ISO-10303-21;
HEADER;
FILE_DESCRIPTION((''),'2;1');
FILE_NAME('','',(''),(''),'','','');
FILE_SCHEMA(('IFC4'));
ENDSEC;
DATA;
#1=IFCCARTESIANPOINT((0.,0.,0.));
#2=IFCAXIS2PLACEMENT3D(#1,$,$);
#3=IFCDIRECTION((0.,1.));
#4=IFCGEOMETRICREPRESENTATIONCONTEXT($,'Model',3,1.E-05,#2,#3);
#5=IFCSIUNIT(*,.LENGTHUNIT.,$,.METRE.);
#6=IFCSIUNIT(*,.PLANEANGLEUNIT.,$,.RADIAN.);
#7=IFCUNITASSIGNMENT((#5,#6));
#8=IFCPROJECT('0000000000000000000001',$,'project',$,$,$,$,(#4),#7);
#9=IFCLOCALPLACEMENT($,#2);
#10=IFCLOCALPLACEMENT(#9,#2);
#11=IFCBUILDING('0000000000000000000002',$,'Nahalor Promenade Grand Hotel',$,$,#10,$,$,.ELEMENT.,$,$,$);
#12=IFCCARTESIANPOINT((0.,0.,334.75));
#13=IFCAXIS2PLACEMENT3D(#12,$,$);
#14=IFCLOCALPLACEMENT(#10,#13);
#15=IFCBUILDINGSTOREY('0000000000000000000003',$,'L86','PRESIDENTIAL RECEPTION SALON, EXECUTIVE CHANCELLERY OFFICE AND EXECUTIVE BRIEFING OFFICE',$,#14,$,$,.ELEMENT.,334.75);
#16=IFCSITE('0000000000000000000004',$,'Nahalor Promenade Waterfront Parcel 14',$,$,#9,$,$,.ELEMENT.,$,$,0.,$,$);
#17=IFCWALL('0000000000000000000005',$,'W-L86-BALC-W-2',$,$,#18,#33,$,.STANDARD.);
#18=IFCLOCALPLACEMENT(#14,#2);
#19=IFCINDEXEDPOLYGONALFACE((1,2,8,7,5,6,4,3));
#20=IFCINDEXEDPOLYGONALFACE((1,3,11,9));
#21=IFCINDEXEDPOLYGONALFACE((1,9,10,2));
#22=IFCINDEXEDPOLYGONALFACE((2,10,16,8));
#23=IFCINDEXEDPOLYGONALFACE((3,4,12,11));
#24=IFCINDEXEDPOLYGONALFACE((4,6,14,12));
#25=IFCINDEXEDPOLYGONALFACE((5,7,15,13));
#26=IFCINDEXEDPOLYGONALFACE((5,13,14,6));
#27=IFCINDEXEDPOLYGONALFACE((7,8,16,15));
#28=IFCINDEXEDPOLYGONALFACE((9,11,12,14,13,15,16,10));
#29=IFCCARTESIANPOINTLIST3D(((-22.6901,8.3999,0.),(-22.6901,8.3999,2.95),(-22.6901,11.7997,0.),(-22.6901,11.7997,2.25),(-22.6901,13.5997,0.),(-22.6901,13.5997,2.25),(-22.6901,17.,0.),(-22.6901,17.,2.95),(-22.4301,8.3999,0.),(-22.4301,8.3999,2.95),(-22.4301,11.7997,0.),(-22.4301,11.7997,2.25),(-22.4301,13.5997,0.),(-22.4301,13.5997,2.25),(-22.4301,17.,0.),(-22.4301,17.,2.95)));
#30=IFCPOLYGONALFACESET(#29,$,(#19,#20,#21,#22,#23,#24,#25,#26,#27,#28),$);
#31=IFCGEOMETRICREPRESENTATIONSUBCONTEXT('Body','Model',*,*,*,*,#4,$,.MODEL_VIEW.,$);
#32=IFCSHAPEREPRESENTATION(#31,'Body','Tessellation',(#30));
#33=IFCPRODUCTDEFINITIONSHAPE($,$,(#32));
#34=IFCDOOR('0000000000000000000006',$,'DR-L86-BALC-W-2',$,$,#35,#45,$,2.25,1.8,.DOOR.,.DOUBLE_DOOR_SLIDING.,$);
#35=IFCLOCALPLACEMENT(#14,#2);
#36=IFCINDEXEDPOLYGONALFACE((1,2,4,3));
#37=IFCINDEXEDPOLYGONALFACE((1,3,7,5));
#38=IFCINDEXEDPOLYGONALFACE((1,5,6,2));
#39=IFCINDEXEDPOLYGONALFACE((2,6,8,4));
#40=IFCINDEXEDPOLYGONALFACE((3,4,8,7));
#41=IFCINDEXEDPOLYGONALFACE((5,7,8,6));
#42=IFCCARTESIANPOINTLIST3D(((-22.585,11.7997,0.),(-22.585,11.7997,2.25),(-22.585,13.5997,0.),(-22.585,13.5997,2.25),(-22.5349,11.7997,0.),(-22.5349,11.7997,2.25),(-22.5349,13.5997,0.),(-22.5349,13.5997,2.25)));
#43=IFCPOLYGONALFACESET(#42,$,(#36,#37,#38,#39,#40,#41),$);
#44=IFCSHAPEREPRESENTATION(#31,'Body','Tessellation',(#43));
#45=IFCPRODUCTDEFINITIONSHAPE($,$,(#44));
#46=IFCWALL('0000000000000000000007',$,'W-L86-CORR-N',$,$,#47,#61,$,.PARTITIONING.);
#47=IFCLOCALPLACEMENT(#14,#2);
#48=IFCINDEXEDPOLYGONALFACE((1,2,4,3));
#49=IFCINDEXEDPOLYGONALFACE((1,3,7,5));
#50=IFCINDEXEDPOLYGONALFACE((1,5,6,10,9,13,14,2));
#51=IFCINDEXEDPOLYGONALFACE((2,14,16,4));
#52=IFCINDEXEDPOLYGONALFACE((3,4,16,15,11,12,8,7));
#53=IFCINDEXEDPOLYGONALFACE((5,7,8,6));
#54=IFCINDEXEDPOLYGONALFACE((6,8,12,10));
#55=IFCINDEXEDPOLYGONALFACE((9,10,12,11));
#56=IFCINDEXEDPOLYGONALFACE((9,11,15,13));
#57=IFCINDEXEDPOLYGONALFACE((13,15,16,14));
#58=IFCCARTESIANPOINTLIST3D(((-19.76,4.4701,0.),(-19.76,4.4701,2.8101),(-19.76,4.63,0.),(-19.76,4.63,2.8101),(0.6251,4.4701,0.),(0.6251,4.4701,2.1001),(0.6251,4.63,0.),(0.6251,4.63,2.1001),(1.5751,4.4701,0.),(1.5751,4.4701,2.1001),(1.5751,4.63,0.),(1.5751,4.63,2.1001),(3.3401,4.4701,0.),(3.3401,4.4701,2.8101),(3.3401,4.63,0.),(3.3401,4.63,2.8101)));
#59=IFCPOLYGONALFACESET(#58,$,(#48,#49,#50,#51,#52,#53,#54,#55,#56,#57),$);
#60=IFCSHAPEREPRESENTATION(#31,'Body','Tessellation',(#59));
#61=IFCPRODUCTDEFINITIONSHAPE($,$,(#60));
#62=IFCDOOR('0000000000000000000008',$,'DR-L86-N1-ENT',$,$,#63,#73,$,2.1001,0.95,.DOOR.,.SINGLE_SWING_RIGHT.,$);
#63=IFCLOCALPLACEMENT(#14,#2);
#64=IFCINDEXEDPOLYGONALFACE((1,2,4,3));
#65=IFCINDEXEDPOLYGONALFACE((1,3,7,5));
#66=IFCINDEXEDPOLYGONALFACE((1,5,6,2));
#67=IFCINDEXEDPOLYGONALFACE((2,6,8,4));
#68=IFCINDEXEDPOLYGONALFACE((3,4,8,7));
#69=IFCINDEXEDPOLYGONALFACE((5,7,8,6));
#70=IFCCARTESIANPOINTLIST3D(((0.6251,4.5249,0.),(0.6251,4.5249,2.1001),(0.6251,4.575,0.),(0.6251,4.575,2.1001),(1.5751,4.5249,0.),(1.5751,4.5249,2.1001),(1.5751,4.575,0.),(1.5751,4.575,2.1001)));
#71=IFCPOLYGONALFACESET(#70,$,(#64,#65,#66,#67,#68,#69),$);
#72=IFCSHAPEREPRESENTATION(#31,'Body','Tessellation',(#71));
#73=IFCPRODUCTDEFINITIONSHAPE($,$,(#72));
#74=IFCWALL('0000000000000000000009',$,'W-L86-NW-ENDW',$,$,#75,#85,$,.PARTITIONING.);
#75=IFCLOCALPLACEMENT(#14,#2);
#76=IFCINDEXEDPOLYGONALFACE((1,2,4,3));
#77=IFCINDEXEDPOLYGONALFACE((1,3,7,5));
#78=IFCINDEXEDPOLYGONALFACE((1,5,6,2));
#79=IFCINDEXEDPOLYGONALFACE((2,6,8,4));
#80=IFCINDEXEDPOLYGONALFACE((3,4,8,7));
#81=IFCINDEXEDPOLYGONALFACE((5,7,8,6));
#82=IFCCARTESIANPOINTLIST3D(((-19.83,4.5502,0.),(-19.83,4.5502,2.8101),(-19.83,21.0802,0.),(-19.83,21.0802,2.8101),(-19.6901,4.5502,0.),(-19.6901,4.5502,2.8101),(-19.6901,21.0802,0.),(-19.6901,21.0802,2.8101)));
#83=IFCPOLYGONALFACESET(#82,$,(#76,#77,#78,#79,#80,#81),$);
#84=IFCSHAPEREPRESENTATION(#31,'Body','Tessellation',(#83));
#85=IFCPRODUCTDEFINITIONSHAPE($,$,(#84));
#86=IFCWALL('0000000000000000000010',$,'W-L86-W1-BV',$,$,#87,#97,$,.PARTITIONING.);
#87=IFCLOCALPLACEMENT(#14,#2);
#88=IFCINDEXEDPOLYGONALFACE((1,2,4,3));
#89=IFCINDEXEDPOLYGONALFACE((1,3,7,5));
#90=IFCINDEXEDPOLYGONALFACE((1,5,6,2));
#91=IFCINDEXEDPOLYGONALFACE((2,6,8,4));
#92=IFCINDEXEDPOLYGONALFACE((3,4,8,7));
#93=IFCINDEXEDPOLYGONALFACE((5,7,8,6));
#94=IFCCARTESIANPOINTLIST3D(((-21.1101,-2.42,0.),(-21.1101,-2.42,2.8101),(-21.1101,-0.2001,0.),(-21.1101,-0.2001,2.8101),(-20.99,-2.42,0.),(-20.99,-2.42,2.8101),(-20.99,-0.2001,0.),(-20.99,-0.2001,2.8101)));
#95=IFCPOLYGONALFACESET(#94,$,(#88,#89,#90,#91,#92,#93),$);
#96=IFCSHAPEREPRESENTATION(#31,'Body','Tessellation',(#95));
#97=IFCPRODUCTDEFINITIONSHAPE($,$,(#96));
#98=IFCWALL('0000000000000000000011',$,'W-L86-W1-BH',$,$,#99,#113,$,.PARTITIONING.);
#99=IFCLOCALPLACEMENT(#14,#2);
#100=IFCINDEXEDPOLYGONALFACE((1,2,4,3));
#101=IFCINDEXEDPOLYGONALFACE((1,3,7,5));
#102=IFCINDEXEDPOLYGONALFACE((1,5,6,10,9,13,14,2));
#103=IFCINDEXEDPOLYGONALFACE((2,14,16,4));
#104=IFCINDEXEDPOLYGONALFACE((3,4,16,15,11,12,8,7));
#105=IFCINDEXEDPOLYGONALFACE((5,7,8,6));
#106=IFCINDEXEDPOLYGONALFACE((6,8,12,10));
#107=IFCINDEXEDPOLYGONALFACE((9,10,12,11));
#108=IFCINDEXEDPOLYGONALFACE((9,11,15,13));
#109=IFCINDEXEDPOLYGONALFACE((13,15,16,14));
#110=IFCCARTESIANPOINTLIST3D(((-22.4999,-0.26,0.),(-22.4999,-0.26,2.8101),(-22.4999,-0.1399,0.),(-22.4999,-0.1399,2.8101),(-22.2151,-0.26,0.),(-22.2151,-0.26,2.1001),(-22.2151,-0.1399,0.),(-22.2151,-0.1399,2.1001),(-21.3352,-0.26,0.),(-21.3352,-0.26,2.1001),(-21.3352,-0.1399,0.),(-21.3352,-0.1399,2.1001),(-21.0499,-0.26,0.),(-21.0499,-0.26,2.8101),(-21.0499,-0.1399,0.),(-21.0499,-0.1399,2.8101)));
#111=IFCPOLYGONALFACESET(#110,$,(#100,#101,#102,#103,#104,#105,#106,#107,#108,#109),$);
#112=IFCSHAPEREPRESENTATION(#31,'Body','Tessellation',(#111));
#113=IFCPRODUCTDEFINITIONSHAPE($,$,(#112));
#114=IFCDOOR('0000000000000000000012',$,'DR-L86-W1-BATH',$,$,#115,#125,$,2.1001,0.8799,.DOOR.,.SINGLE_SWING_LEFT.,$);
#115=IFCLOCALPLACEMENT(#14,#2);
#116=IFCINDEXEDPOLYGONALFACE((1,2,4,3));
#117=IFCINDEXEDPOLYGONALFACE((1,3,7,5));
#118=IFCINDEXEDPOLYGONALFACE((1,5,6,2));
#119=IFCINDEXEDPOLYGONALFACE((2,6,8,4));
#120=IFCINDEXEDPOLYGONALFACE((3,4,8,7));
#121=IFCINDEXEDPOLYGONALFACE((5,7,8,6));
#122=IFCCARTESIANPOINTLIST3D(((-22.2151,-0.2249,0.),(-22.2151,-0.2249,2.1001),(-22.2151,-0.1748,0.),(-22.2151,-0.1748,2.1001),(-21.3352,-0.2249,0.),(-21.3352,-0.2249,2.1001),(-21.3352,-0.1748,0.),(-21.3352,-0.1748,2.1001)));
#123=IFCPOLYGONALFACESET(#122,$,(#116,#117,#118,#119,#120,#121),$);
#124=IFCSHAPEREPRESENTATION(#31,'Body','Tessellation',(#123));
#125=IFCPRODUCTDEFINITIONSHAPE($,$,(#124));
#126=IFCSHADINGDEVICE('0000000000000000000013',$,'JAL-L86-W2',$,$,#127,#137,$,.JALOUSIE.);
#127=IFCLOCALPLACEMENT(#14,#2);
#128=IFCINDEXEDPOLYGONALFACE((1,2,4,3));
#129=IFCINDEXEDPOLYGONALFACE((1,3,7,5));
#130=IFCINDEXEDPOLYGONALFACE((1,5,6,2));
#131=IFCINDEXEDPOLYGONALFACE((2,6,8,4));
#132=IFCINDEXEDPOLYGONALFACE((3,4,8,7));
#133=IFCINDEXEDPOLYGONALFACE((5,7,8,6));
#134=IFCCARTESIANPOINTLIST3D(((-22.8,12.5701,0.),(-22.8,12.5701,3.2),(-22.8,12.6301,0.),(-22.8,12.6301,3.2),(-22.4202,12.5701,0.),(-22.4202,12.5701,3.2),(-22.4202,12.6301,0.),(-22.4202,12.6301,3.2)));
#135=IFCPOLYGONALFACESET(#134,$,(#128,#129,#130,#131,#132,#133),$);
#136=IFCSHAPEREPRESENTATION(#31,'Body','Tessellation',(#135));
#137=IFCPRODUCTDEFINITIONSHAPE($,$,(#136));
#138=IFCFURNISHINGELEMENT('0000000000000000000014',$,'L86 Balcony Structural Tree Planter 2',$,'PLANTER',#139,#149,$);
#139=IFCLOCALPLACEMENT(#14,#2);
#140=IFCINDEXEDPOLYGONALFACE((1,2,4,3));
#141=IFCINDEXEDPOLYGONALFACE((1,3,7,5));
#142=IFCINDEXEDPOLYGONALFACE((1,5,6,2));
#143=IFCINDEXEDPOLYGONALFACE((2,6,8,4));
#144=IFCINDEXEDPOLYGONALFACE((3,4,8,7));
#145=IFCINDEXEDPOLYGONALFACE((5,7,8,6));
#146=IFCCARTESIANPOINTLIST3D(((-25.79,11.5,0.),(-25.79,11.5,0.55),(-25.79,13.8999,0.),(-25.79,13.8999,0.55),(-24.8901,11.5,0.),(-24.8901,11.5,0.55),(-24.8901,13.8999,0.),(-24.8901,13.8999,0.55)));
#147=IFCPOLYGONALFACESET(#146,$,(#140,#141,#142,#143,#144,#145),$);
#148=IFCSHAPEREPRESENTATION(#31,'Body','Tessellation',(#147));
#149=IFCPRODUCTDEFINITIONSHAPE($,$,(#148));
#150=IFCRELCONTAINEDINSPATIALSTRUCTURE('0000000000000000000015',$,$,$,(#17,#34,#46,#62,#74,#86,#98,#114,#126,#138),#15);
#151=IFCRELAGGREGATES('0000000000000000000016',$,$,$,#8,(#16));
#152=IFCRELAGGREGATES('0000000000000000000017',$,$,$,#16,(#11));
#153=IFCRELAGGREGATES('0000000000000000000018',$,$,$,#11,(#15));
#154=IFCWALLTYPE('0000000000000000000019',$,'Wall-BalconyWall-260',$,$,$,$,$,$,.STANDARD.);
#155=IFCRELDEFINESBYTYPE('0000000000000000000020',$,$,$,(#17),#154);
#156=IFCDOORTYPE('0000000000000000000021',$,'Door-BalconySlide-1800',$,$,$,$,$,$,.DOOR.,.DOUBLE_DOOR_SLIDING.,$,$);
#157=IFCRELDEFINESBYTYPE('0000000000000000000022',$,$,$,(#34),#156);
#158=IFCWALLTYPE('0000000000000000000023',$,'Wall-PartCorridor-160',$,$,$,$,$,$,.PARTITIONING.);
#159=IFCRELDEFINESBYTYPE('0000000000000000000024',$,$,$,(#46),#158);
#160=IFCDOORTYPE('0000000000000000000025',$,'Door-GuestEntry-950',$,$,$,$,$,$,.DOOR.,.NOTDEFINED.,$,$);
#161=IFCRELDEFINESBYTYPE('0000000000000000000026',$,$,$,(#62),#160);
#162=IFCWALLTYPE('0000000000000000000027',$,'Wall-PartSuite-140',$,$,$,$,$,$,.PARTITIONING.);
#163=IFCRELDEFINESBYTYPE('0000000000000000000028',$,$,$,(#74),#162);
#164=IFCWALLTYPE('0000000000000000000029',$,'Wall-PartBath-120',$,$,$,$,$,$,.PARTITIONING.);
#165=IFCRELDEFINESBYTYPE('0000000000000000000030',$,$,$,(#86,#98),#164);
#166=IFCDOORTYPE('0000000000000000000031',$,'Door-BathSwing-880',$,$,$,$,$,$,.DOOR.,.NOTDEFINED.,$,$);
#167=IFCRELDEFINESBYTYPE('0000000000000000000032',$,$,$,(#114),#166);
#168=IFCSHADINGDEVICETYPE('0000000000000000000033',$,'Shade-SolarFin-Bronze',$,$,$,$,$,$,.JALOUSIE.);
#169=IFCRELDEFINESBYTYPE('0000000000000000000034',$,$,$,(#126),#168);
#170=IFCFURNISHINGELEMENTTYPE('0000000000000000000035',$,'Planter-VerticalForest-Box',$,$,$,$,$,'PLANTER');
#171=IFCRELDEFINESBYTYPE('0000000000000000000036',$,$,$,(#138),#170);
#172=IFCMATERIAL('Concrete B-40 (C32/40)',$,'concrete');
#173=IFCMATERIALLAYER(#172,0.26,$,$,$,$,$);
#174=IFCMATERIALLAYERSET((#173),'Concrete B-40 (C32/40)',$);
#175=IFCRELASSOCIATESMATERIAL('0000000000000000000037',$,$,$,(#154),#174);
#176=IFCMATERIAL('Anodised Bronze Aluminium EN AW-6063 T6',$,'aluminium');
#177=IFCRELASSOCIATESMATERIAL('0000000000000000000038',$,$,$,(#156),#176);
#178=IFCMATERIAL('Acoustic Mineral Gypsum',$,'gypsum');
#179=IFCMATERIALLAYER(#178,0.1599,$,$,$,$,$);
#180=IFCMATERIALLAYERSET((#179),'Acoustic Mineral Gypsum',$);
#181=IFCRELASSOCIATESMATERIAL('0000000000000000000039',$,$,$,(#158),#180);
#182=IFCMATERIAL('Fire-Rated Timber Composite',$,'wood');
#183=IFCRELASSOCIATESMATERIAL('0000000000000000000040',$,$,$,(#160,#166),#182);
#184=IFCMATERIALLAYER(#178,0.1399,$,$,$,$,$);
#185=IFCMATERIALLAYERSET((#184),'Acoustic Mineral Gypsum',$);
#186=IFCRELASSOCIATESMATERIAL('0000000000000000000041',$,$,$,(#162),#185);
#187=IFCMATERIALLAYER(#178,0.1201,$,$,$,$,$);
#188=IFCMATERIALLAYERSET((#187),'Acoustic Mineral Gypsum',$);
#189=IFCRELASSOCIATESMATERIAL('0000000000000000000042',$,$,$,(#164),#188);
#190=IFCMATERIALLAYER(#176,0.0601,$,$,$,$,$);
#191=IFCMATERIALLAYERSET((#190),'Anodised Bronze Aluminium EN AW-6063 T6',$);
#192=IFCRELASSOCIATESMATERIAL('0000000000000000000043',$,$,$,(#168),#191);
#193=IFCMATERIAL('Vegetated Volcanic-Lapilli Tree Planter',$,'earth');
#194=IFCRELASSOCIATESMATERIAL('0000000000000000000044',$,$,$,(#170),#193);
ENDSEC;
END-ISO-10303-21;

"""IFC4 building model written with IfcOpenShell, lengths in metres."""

from ifc_helpers import new_model, si_unit, direction, frame, frame_2d, origin, origin_2d, place, context, subcontext, project, spatial, rectangle, extrude, source, transform, mapped, material, layer, layer_set, type_object, element, fill, save


model = new_model("IFC4")

# Units and contexts
model_context = context("Model", 3, precision=1e-05, world=origin(), true_north=direction((0.0, 1.0)))
body_context = subcontext(model_context, "Body", "Model", "MODEL_VIEW")
ifc_project = project(units=[si_unit("LENGTHUNIT", "METRE"), si_unit("PLANEANGLEUNIT", "RADIAN")], contexts=[model_context])

# Site, building, storey
site_placement = place(None, origin())
site = spatial("IfcSite", under=ifc_project, at=site_placement, Name="Nahalor Promenade Waterfront Parcel 14", CompositionType="ELEMENT", RefElevation=0.0)
building_placement = place(site_placement, origin())
building = spatial("IfcBuilding", under=site, at=building_placement, Name="Nahalor Promenade Grand Hotel", CompositionType="ELEMENT")
storey_placement = place(building_placement, frame((0.0, 0.0, 334.75)))
storey = spatial("IfcBuildingStorey", under=building, at=storey_placement, Name="L86", Description="PRESIDENTIAL RECEPTION SALON, EXECUTIVE CHANCELLERY OFFICE AND EXECUTIVE BRIEFING OFFICE", CompositionType="ELEMENT", Elevation=334.75)

# Shared definitions
ifc_material_1 = material(Name="Anodised Bronze Aluminium EN AW-6063 T6", Category="aluminium")

# Walls, openings, doors
ifc_material_2 = material(Name="Concrete B-40 (C32/40)", Category="concrete")
ifc_layer_1 = layer(ifc_material_2, 0.26)
ifc_layer_set_1 = layer_set([ifc_layer_1], Name="Concrete B-40 (C32/40)")
wall_type_1 = type_object("IfcWallType", Name="Wall-BalconyWall-260", PredefinedType="STANDARD", material=ifc_layer_set_1)
shared_shape_1 = source(origin(), body_context, "Body", "SweptSolid", [
    extrude(rectangle(XDim=8.6001, YDim=0.26, at=frame_2d((4.3, 0.0))), origin(), (0.0, 0.0, 1.0), 2.95),
])
wall_1_placement = place(storey_placement, frame((-22.5601, 8.3999, 0.0), z_axis=(0.0, 0.0, 1.0), x_axis=(0.0, 1.0, 0.0)))
wall_1 = element("IfcWall", 1, at=wall_1_placement, inside=storey, type_object=wall_type_1, Name="W-L86-BALC-W-2", PredefinedType="STANDARD", context=body_context, shape_type="MappedRepresentation", body=[
    mapped(shared_shape_1, transform((0.0, 0.0, 0.0), scale=1.0)),
])
opening_1_placement = place(wall_1_placement, frame((3.3999, 0.0, 0.0)))
opening_1 = element("IfcOpeningElement", 2, at=opening_1_placement, cuts=wall_1, PredefinedType="OPENING", context=body_context, shape_type="SweptSolid", body=[
    extrude(rectangle(XDim=1.8, YDim=2.25, at=frame_2d((0.8999, 1.125))), frame((0.0, 0.1399, 0.0), z_axis=(0.0, -1.0, 0.0), x_axis=(1.0, 0.0, 0.0)), (0.0, 0.0, 1.0), 0.28),
])
door_type_1 = type_object("IfcDoorType", Name="Door-BalconySlide-1800", OperationType="DOUBLE_DOOR_SLIDING", PredefinedType="DOOR", material=ifc_material_1)
shared_shape_2 = source(origin(), body_context, "Body", "SweptSolid", [
    extrude(rectangle(XDim=1.8, YDim=2.25, at=frame_2d((0.8999, 1.125))), frame((0.0, 0.0249, 0.0), z_axis=(0.0, -1.0, 0.0), x_axis=(1.0, 0.0, 0.0)), (0.0, 0.0, 1.0), 0.05),
])
door_1_placement = place(opening_1_placement, origin())
door_1 = element("IfcDoor", 3, at=door_1_placement, inside=storey, type_object=door_type_1, Name="DR-L86-BALC-W-2", OperationType="DOUBLE_DOOR_SLIDING", OverallHeight=2.25, OverallWidth=1.8, PredefinedType="DOOR", context=body_context, shape_type="MappedRepresentation", body=[
    mapped(shared_shape_2, transform((0.0, 0.0, 0.0), scale=1.0)),
])
fill(opening_1, door_1)
ifc_material_3 = material(Name="Acoustic Mineral Gypsum", Category="gypsum")
ifc_layer_2 = layer(ifc_material_3, 0.1599)
ifc_layer_set_2 = layer_set([ifc_layer_2], Name="Acoustic Mineral Gypsum")
wall_type_2 = type_object("IfcWallType", Name="Wall-PartCorridor-160", PredefinedType="PARTITIONING", material=ifc_layer_set_2)
shared_shape_3 = source(origin(), body_context, "Body", "SweptSolid", [
    extrude(rectangle(XDim=23.1001, YDim=0.1599, at=frame_2d((11.55, 0.0))), origin(), (0.0, 0.0, 1.0), 2.8101),
])
wall_2_placement = place(storey_placement, frame((-19.76, 4.55, 0.0), z_axis=(0.0, 0.0, 1.0), x_axis=(1.0, 0.0, 0.0)))
wall_2 = element("IfcWall", 4, at=wall_2_placement, inside=storey, type_object=wall_type_2, Name="W-L86-CORR-N", PredefinedType="PARTITIONING", context=body_context, shape_type="MappedRepresentation", body=[
    mapped(shared_shape_3, transform((0.0, 0.0, 0.0), scale=1.0)),
])
opening_2_placement = place(wall_2_placement, frame((20.385, 0.0, 0.0)))
opening_2 = element("IfcOpeningElement", 5, at=opening_2_placement, cuts=wall_2, PredefinedType="OPENING", context=body_context, shape_type="SweptSolid", body=[
    extrude(rectangle(XDim=0.95, YDim=2.1001, at=frame_2d((0.4751, 1.05))), frame((0.0, 0.0898, 0.0), z_axis=(0.0, -1.0, 0.0), x_axis=(1.0, 0.0, 0.0)), (0.0, 0.0, 1.0), 0.1799),
])
ifc_material_4 = material(Name="Fire-Rated Timber Composite", Category="wood")
door_type_2 = type_object("IfcDoorType", Name="Door-GuestEntry-950", OperationType="NOTDEFINED", PredefinedType="DOOR", material=ifc_material_4)
shared_shape_4 = source(origin(), body_context, "Body", "SweptSolid", [
    extrude(rectangle(XDim=0.95, YDim=2.1001, at=frame_2d((0.4751, 1.05))), frame((0.0, 0.0249, 0.0), z_axis=(0.0, -1.0, 0.0), x_axis=(1.0, 0.0, 0.0)), (0.0, 0.0, 1.0), 0.05),
])
door_2_placement = place(opening_2_placement, origin())
door_2 = element("IfcDoor", 6, at=door_2_placement, inside=storey, type_object=door_type_2, Name="DR-L86-N1-ENT", OperationType="SINGLE_SWING_RIGHT", OverallHeight=2.1001, OverallWidth=0.95, PredefinedType="DOOR", context=body_context, shape_type="MappedRepresentation", body=[
    mapped(shared_shape_4, transform((0.0, 0.0, 0.0), scale=1.0)),
])
fill(opening_2, door_2)

# Walls
ifc_layer_3 = layer(ifc_material_3, 0.1399)
ifc_layer_set_3 = layer_set([ifc_layer_3], Name="Acoustic Mineral Gypsum")
wall_type_3 = type_object("IfcWallType", Name="Wall-PartSuite-140", PredefinedType="PARTITIONING", material=ifc_layer_set_3)
shared_shape_5 = source(origin(), body_context, "Body", "SweptSolid", [
    extrude(rectangle(XDim=16.53, YDim=0.1399, at=frame_2d((8.2651, 0.0))), origin(), (0.0, 0.0, 1.0), 2.8101),
])
wall_3_placement = place(storey_placement, frame((-19.76, 4.55, 0.0), z_axis=(0.0, 0.0, 1.0), x_axis=(0.0, 1.0, 0.0)))
element("IfcWall", 7, at=wall_3_placement, inside=storey, type_object=wall_type_3, Name="W-L86-NW-ENDW", PredefinedType="PARTITIONING", context=body_context, shape_type="MappedRepresentation", body=[
    mapped(shared_shape_5, transform((0.0, 0.0, 0.0), scale=1.0)),
])
ifc_layer_4 = layer(ifc_material_3, 0.1201)
ifc_layer_set_4 = layer_set([ifc_layer_4], Name="Acoustic Mineral Gypsum")
wall_type_4 = type_object("IfcWallType", Name="Wall-PartBath-120", PredefinedType="PARTITIONING", material=ifc_layer_set_4)
shared_shape_6 = source(origin(), body_context, "Body", "SweptSolid", [
    extrude(rectangle(XDim=2.22, YDim=0.1201, at=frame_2d((1.1099, 0.0))), origin(), (0.0, 0.0, 1.0), 2.8101),
])
wall_4_placement = place(storey_placement, frame((-21.05, -2.4199, 0.0), z_axis=(0.0, 0.0, 1.0), x_axis=(0.0, 1.0, 0.0)))
element("IfcWall", 8, at=wall_4_placement, inside=storey, type_object=wall_type_4, Name="W-L86-W1-BV", PredefinedType="PARTITIONING", context=body_context, shape_type="MappedRepresentation", body=[
    mapped(shared_shape_6, transform((0.0, 0.0, 0.0), scale=1.0)),
])

# Wall, opening, door
shared_shape_7 = source(origin(), body_context, "Body", "SweptSolid", [
    extrude(rectangle(XDim=1.45, YDim=0.1201, at=frame_2d((0.7251, 0.0))), origin(), (0.0, 0.0, 1.0), 2.8101),
])
wall_5_placement = place(storey_placement, frame((-22.5, -0.2, 0.0), z_axis=(0.0, 0.0, 1.0), x_axis=(1.0, 0.0, 0.0)))
wall_5 = element("IfcWall", 9, at=wall_5_placement, inside=storey, type_object=wall_type_4, Name="W-L86-W1-BH", PredefinedType="PARTITIONING", context=body_context, shape_type="MappedRepresentation", body=[
    mapped(shared_shape_7, transform((0.0, 0.0, 0.0), scale=1.0)),
])
opening_3_placement = place(wall_5_placement, frame((0.2849, 0.0, 0.0)))
opening_3 = element("IfcOpeningElement", 10, at=opening_3_placement, cuts=wall_5, PredefinedType="OPENING", context=body_context, shape_type="SweptSolid", body=[
    extrude(rectangle(XDim=0.8799, YDim=2.1001, at=frame_2d((0.4399, 1.05))), frame((0.0, 0.0701, 0.0), z_axis=(0.0, -1.0, 0.0), x_axis=(1.0, 0.0, 0.0)), (0.0, 0.0, 1.0), 0.1401),
])
door_type_3 = type_object("IfcDoorType", Name="Door-BathSwing-880", OperationType="NOTDEFINED", PredefinedType="DOOR", material=ifc_material_4)
shared_shape_8 = source(origin(), body_context, "Body", "SweptSolid", [
    extrude(rectangle(XDim=0.8799, YDim=2.1001, at=frame_2d((0.4399, 1.05))), frame((0.0, 0.0249, 0.0), z_axis=(0.0, -1.0, 0.0), x_axis=(1.0, 0.0, 0.0)), (0.0, 0.0, 1.0), 0.05),
])
door_3_placement = place(opening_3_placement, frame((0.8799, 0.0, 0.0), z_axis=(0.0, 0.0, 1.0), x_axis=(-1.0, 0.0, 0.0)))
door_3 = element("IfcDoor", 11, at=door_3_placement, inside=storey, type_object=door_type_3, Name="DR-L86-W1-BATH", OperationType="SINGLE_SWING_LEFT", OverallHeight=2.1001, OverallWidth=0.8799, PredefinedType="DOOR", context=body_context, shape_type="MappedRepresentation", body=[
    mapped(shared_shape_8, transform((0.0, 0.0, 0.0), scale=1.0)),
])
fill(opening_3, door_3)

# Shading device
ifc_layer_5 = layer(ifc_material_1, 0.0601)
ifc_layer_set_5 = layer_set([ifc_layer_5], Name="Anodised Bronze Aluminium EN AW-6063 T6")
shading_device_type = type_object("IfcShadingDeviceType", Name="Shade-SolarFin-Bronze", PredefinedType="JALOUSIE", material=ifc_layer_set_5)
shared_shape_9 = source(origin(), body_context, "Body", "SweptSolid", [
    extrude(rectangle(XDim=0.3799, YDim=0.0601, at=origin_2d()), origin(), (0.0, 0.0, 1.0), 3.2),
])
shading_device_placement = place(storey_placement, frame((-22.6101, 12.6001, 0.0), z_axis=(0.0, 0.0, 1.0), x_axis=(1.0, 0.0, 0.0)))
element("IfcShadingDevice", 12, at=shading_device_placement, inside=storey, type_object=shading_device_type, Name="JAL-L86-W2", PredefinedType="JALOUSIE", context=body_context, shape_type="MappedRepresentation", body=[
    mapped(shared_shape_9, transform((0.0, 0.0, 0.0), scale=1.0)),
])

# Furnishing element
ifc_material_5 = material(Name="Vegetated Volcanic-Lapilli Tree Planter", Category="earth")
furnishing_element_type = type_object("IfcFurnishingElementType", Name="Planter-VerticalForest-Box", ElementType="PLANTER", material=ifc_material_5)
shared_shape_10 = source(origin(), body_context, "Body", "SweptSolid", [
    extrude(rectangle(XDim=2.3999, YDim=0.8999, at=origin_2d()), origin(), (0.0, 0.0, 1.0), 0.55),
])
furnishing_placement = place(storey_placement, frame((-25.3401, 12.7, 0.0), z_axis=(0.0, 0.0, 1.0), x_axis=(0.0, 1.0, 0.0)))
element("IfcFurnishingElement", 13, at=furnishing_placement, inside=storey, type_object=furnishing_element_type, Name="L86 Balcony Structural Tree Planter 2", ObjectType="PLANTER", context=body_context, shape_type="MappedRepresentation", body=[
    mapped(shared_shape_10, transform((0.0, 0.0, 0.0), scale=1.0)),
])

save(model, "model.ifc")
